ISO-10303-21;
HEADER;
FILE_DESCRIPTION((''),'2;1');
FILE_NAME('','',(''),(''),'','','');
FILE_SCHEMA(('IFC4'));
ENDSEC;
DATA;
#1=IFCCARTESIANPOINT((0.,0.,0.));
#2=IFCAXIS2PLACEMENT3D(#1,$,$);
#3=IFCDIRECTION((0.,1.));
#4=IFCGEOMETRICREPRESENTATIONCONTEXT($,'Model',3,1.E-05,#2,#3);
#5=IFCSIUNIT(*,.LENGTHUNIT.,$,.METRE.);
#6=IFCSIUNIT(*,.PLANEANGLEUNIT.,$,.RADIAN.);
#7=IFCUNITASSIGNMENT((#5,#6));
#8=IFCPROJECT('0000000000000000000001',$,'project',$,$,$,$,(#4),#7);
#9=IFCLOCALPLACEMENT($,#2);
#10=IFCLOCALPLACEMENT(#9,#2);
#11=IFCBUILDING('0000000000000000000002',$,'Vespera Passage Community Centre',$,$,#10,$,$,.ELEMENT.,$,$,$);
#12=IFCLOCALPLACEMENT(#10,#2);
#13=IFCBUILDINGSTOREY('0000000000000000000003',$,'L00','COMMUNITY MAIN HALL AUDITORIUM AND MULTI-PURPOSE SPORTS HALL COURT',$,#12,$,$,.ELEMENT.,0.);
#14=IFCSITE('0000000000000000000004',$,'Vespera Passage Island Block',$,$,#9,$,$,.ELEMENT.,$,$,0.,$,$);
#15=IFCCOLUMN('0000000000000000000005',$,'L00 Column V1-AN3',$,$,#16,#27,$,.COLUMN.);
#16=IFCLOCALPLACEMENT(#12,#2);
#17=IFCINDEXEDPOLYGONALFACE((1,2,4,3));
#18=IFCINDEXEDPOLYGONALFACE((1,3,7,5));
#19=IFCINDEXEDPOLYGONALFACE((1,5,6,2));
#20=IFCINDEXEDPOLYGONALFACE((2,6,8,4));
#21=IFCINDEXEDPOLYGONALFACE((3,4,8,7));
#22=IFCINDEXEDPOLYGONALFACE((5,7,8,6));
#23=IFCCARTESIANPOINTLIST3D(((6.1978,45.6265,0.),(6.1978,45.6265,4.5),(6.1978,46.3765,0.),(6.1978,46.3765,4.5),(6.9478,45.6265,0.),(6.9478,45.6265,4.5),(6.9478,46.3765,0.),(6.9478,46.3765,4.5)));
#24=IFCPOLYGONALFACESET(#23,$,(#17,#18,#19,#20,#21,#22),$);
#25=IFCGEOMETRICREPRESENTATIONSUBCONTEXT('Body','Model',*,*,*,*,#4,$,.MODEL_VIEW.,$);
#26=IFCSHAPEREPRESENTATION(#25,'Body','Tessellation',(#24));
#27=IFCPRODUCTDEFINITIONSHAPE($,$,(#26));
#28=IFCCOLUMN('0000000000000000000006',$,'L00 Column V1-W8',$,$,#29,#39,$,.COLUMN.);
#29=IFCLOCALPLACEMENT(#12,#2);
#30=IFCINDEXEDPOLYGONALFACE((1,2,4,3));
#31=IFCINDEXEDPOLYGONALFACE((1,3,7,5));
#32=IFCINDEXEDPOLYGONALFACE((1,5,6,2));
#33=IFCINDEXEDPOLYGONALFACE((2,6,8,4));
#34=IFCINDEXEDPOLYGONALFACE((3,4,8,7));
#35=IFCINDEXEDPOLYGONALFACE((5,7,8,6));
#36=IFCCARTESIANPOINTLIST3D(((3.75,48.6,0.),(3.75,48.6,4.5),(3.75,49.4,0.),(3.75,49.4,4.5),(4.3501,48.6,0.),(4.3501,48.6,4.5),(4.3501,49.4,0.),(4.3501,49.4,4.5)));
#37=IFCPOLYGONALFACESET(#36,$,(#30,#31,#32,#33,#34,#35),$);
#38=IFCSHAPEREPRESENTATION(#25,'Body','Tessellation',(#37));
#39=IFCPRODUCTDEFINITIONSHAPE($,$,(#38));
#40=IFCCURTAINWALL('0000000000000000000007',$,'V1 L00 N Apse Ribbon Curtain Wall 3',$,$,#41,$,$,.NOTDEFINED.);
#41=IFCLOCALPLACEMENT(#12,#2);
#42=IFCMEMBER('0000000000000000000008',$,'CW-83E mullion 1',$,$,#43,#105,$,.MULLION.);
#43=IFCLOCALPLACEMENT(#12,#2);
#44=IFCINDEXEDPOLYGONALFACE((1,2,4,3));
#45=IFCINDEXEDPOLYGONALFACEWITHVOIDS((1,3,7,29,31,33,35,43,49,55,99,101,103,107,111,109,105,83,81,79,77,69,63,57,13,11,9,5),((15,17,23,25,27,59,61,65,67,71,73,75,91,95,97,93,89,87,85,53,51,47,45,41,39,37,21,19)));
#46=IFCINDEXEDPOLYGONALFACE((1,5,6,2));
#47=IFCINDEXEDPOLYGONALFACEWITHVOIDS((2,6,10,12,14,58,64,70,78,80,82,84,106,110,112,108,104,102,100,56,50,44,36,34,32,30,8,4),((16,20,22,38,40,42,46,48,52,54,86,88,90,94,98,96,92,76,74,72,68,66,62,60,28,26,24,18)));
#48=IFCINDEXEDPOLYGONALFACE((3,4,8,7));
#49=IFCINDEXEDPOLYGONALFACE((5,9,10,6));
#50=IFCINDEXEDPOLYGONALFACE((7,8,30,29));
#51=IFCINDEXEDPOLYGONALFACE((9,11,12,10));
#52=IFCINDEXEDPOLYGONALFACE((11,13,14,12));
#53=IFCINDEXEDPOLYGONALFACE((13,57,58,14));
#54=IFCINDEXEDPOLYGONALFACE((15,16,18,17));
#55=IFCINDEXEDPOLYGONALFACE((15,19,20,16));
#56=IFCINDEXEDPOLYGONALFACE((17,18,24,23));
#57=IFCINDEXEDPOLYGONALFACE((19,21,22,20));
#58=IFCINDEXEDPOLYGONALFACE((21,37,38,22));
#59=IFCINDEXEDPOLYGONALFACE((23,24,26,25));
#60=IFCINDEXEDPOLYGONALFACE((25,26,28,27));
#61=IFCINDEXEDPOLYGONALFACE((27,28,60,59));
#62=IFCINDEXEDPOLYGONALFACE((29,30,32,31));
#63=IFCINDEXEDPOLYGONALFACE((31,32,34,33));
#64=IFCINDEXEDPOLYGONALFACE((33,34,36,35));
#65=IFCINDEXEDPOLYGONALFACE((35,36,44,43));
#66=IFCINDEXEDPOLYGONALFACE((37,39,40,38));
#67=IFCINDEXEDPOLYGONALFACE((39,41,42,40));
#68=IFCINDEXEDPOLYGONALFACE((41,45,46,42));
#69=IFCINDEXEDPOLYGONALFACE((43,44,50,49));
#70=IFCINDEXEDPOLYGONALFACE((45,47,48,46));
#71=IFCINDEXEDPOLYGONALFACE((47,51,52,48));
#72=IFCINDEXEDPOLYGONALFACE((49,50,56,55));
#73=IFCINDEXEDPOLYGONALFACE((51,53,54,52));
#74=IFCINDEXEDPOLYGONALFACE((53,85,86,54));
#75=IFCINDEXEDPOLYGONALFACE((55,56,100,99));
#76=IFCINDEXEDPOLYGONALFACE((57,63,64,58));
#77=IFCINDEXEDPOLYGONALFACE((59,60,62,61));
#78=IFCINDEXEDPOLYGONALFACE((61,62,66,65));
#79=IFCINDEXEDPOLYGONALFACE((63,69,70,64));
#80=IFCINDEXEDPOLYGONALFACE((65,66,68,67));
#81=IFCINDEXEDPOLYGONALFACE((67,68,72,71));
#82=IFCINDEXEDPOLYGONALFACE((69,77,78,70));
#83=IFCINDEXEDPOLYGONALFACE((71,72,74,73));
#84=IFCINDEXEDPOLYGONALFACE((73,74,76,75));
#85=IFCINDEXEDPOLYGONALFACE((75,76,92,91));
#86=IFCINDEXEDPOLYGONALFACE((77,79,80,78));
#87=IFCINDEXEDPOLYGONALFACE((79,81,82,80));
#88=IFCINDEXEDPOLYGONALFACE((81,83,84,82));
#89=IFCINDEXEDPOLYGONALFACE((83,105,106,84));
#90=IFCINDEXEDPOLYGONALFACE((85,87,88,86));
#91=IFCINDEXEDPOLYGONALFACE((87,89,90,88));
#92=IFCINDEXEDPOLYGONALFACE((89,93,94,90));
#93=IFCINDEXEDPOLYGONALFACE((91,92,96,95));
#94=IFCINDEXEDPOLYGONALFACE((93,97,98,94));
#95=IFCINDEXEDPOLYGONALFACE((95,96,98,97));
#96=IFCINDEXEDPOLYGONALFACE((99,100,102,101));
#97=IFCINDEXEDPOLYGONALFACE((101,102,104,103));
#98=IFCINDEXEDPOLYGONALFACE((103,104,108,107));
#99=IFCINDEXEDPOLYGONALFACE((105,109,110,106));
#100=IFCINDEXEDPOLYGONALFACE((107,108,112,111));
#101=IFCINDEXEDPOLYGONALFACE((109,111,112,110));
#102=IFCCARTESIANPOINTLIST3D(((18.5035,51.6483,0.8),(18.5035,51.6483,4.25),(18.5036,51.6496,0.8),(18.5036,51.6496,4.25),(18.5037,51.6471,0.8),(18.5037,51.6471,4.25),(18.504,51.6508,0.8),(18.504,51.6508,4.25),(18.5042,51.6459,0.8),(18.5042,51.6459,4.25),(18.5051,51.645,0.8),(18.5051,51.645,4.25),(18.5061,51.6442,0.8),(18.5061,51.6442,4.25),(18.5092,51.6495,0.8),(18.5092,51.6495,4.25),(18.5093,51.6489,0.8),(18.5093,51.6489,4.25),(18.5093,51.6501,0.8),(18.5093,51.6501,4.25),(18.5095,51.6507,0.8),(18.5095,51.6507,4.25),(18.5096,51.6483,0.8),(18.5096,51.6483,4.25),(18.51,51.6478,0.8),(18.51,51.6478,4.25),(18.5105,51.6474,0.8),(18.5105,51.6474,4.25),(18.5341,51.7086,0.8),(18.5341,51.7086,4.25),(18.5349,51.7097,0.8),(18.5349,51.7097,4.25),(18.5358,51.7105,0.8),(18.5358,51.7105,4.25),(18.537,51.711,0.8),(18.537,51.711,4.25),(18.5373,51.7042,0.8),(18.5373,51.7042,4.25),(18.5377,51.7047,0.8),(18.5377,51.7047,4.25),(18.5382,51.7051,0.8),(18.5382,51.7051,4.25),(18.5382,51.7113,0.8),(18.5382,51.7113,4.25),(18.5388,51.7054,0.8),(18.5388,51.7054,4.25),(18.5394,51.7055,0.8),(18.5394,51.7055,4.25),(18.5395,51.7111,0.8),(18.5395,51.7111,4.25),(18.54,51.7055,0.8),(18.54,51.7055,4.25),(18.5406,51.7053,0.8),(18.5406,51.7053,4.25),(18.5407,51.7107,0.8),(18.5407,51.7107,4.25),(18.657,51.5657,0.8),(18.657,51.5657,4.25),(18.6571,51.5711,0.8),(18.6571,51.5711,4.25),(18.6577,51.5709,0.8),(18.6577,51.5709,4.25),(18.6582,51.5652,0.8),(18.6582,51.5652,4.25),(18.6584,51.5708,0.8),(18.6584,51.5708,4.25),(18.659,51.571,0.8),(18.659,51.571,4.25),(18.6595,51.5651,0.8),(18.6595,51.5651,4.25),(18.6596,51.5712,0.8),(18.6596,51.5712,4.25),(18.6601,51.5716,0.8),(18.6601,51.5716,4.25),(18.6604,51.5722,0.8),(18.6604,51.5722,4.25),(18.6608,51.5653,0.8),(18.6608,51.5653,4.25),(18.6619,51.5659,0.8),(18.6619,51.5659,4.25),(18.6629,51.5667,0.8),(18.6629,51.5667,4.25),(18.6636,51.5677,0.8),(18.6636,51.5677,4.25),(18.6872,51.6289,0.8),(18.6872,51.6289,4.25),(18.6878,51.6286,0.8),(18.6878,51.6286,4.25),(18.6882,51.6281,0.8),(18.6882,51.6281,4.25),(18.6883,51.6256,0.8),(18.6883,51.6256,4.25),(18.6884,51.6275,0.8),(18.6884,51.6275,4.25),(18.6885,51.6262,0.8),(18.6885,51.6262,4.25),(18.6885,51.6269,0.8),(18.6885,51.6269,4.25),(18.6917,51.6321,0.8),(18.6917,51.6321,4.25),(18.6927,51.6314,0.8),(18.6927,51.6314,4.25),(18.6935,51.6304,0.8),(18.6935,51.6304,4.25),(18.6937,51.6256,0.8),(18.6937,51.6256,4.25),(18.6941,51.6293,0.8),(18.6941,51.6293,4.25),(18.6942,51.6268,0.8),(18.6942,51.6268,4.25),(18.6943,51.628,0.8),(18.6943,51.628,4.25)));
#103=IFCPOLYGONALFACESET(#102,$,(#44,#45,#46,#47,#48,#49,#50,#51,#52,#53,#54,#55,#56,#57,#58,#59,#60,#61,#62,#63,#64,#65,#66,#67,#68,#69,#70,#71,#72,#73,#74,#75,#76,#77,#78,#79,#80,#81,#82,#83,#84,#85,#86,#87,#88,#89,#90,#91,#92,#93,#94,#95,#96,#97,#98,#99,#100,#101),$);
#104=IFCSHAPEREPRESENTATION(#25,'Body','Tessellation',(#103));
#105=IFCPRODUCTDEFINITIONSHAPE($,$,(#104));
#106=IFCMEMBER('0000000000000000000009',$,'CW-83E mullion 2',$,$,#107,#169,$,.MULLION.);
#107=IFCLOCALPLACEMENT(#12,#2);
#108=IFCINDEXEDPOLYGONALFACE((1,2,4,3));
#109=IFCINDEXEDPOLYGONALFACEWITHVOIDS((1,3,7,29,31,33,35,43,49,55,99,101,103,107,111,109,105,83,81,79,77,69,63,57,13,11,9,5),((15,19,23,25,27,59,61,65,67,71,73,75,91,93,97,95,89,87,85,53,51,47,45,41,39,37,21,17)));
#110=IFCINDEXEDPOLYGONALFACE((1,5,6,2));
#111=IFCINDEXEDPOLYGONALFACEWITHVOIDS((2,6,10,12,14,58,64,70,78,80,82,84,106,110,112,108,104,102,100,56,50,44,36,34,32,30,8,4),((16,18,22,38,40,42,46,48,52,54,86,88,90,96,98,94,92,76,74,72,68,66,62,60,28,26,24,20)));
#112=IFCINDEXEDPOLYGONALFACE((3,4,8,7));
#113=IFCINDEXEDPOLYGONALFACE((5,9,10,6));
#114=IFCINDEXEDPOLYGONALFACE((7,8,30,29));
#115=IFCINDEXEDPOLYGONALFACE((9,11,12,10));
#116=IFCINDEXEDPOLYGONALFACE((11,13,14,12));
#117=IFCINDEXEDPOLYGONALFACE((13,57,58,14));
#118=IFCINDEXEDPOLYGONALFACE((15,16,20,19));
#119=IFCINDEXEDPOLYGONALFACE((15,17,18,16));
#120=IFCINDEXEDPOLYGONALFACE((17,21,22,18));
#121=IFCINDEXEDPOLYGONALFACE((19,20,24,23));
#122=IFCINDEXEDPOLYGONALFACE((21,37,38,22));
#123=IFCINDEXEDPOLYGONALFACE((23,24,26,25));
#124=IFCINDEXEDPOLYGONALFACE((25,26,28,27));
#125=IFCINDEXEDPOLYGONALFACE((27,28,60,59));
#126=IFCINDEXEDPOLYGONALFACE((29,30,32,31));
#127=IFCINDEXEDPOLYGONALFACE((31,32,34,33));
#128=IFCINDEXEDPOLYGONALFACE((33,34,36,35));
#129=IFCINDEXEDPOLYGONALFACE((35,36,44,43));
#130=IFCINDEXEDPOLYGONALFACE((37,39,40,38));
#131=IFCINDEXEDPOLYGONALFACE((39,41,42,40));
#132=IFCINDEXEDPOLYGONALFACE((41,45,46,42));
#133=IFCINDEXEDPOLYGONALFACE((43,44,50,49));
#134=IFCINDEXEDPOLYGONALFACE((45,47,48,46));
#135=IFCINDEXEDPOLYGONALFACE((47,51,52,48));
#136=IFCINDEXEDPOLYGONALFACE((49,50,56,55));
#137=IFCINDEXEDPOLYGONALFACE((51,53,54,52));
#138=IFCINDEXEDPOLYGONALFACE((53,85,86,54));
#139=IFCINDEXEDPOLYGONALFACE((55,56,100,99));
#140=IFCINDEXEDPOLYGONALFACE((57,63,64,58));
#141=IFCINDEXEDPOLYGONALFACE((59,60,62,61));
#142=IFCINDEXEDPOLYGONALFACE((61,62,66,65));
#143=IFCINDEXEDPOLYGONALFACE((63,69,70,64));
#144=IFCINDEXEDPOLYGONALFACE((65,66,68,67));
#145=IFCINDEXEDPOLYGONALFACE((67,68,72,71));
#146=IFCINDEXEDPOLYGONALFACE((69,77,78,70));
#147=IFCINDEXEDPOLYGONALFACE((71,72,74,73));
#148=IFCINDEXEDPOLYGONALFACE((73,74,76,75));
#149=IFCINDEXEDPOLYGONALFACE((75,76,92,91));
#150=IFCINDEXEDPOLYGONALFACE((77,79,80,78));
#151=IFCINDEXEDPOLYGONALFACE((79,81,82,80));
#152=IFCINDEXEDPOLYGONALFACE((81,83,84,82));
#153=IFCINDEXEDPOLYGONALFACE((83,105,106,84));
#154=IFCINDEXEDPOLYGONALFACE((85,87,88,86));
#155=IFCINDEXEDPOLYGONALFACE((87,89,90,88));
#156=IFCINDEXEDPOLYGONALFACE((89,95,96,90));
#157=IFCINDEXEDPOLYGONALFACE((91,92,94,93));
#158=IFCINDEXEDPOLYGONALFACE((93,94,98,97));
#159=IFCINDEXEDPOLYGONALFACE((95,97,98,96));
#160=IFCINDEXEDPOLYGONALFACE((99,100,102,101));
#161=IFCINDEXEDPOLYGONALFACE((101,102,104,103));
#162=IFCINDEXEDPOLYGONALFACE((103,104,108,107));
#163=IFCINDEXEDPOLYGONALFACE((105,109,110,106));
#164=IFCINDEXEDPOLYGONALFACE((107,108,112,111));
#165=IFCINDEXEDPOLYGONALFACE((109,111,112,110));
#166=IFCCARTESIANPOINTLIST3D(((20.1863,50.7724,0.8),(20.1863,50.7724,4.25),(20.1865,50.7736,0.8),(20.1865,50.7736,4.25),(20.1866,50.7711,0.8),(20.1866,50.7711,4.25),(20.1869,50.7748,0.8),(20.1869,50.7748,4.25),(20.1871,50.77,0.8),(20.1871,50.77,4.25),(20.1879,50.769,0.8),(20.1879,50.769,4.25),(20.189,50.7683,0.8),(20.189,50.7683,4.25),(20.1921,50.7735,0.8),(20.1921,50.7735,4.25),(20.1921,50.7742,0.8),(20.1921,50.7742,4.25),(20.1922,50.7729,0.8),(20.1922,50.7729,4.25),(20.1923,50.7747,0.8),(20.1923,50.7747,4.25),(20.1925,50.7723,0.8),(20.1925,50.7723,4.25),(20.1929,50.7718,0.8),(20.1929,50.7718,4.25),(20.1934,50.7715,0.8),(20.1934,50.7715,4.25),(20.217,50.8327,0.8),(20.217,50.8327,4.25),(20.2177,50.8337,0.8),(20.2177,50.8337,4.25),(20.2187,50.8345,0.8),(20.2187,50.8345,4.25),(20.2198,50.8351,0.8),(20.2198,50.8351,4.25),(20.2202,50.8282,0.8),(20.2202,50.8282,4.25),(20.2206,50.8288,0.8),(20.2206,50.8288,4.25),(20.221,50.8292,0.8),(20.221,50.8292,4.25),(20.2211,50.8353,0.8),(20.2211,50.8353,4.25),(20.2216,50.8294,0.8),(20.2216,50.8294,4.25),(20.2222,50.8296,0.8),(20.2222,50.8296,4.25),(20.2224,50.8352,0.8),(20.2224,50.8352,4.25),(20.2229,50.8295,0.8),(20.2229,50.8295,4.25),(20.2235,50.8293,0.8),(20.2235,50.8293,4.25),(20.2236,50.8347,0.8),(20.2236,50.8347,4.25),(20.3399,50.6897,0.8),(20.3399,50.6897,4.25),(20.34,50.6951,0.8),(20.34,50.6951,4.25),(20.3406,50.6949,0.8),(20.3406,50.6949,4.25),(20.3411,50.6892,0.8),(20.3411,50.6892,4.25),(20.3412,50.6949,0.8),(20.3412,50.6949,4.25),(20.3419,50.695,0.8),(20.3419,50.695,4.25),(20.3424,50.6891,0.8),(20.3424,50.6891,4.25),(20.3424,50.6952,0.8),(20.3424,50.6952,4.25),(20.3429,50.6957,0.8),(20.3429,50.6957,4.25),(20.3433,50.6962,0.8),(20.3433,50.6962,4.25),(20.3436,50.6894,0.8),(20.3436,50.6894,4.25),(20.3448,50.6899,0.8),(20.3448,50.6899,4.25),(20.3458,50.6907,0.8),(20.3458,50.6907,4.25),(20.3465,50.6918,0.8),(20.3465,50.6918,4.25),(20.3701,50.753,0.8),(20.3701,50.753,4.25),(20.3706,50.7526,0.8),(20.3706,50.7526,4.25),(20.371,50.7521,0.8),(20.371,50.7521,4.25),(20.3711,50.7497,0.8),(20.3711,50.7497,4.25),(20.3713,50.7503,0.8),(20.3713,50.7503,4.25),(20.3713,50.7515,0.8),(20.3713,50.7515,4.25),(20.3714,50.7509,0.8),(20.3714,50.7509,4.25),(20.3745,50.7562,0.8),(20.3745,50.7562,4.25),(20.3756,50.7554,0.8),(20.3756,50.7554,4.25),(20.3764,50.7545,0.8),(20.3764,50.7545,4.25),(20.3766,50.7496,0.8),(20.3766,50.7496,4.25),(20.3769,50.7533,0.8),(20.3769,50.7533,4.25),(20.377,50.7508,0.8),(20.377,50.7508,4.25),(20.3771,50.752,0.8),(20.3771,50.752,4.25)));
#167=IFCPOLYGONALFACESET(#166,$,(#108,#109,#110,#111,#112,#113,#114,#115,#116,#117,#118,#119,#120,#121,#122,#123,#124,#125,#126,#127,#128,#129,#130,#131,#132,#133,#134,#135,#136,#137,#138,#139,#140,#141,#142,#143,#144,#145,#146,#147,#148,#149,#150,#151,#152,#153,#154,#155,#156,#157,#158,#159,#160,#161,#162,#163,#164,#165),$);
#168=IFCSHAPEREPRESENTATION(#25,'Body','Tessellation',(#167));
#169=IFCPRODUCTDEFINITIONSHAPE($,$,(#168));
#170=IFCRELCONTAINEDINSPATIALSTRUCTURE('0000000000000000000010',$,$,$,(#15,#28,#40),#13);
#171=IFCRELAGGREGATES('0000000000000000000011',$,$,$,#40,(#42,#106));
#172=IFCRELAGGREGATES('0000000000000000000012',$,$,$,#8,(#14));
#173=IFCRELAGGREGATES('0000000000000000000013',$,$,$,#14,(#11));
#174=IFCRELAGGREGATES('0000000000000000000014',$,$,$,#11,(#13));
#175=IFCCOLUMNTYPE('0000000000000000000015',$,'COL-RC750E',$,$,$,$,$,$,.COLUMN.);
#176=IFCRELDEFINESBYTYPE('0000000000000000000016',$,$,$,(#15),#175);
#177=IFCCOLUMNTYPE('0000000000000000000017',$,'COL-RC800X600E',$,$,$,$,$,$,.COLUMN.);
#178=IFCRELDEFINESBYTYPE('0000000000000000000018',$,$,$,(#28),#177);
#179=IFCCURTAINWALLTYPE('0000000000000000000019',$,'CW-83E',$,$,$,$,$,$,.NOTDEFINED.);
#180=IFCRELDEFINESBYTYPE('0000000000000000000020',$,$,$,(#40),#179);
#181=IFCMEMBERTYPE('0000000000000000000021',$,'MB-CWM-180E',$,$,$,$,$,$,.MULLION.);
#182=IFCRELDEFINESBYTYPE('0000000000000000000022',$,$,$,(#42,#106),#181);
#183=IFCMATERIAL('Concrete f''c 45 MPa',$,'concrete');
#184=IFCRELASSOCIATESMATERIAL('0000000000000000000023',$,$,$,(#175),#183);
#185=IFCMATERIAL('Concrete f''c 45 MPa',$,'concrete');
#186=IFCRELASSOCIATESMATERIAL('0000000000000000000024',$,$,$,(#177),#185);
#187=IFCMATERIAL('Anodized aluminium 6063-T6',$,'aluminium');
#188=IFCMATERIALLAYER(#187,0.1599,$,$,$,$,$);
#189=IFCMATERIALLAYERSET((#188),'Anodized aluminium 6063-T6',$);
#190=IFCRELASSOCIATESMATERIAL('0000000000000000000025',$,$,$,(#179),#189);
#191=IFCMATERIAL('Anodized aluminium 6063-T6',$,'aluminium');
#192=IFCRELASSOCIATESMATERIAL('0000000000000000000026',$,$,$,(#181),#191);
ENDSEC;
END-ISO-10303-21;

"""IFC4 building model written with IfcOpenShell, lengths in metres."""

from ifc_helpers import new_model, si_unit, direction, frame, origin, origin_2d, place, context, subcontext, project, spatial, rectangle, hollow_rectangle, extrude, material, layer, layer_set, material_profile, profile_set, type_object, element, aggregate, save


model = new_model("IFC4")

# Units and contexts
model_context = context("Model", 3, precision=1e-05, world=origin(), true_north=direction((0.0, 1.0)))
body_context = subcontext(model_context, "Body", "Model", "MODEL_VIEW")
ifc_project = project(units=[si_unit("LENGTHUNIT", "METRE"), si_unit("PLANEANGLEUNIT", "RADIAN")], contexts=[model_context])

# Site, building, storey
site_placement = place(None, origin())
site = spatial("IfcSite", under=ifc_project, at=site_placement, Name="Vespera Passage Island Block", CompositionType="ELEMENT", RefElevation=0.0)
building_placement = place(site_placement, origin())
building = spatial("IfcBuilding", under=site, at=building_placement, Name="Vespera Passage Community Centre", CompositionType="ELEMENT")
storey_placement = place(building_placement, origin())
storey = spatial("IfcBuildingStorey", under=building, at=storey_placement, Name="L00", Description="COMMUNITY MAIN HALL AUDITORIUM AND MULTI-PURPOSE SPORTS HALL COURT", CompositionType="ELEMENT", Elevation=0.0)

# Columns
ifc_material_1 = material(Name="Concrete f'c 45 MPa", Category="concrete")
ifc_material_profile_1 = material_profile(ifc_material_1, rectangle(XDim=0.75, YDim=0.75, at=origin_2d()), Name="RC750X750")
ifc_profile_set_1 = profile_set([ifc_material_profile_1], Name="Concrete f'c 45 MPa")
column_type_1 = type_object("IfcColumnType", Name="COL-RC750E", PredefinedType="COLUMN", material=ifc_profile_set_1)
column_1_placement = place(storey_placement, frame((6.5728, 46.0015, 0.0), z_axis=(0.0, 0.0, 1.0), x_axis=(1.0, 0.0, 0.0)))
element("IfcColumn", 1, at=column_1_placement, inside=storey, type_object=column_type_1, Name="L00 Column V1-AN3", PredefinedType="COLUMN", context=body_context, shape_type="SweptSolid", body=[
    extrude(rectangle(XDim=0.75, YDim=0.75, at=origin_2d()), origin(), (0.0, 0.0, 1.0), 4.5),
])
ifc_material_2 = material(Name="Concrete f'c 45 MPa", Category="concrete")
ifc_material_profile_2 = material_profile(ifc_material_2, rectangle(XDim=0.6001, YDim=0.8, at=origin_2d()), Name="RC800X600")
ifc_profile_set_2 = profile_set([ifc_material_profile_2], Name="Concrete f'c 45 MPa")
column_type_2 = type_object("IfcColumnType", Name="COL-RC800X600E", PredefinedType="COLUMN", material=ifc_profile_set_2)
column_2_placement = place(storey_placement, frame((4.05, 49.0, 0.0), z_axis=(0.0, 0.0, 1.0), x_axis=(1.0, 0.0, 0.0)))
element("IfcColumn", 2, at=column_2_placement, inside=storey, type_object=column_type_2, Name="L00 Column V1-W8", PredefinedType="COLUMN", context=body_context, shape_type="SweptSolid", body=[
    extrude(rectangle(XDim=0.6001, YDim=0.8, at=origin_2d()), origin(), (0.0, 0.0, 1.0), 4.5),
])

# Curtain wall, members
ifc_material_3 = material(Name="Anodized aluminium 6063-T6", Category="aluminium")
ifc_layer_1 = layer(ifc_material_3, 0.1599)
ifc_layer_set_1 = layer_set([ifc_layer_1], Name="Anodized aluminium 6063-T6")
curtain_wall_type = type_object("IfcCurtainWallType", Name="CW-83E", PredefinedType="NOTDEFINED", material=ifc_layer_set_1)
curtain_wall_placement = place(storey_placement, origin())
curtain_wall = element("IfcCurtainWall", 3, at=curtain_wall_placement, inside=storey, type_object=curtain_wall_type, Name="V1 L00 N Apse Ribbon Curtain Wall 3", PredefinedType="NOTDEFINED")
ifc_material_4 = material(Name="Anodized aluminium 6063-T6", Category="aluminium")
ifc_material_profile_3 = material_profile(ifc_material_4, hollow_rectangle(XDim=0.075, YDim=0.1799, WallThickness=0.0049, InnerFilletRadius=0.0024, OuterFilletRadius=0.0049, at=origin_2d()), Name="ALU180X75X5")
ifc_profile_set_3 = profile_set([ifc_material_profile_3], Name="Anodized aluminium 6063-T6")
member_type_1 = type_object("IfcMemberType", Name="MB-CWM-180E", PredefinedType="MULLION", material=ifc_profile_set_3)
member_1_placement = place(storey_placement, frame((18.5989, 51.6382, 0.8), z_axis=(0.0, 0.0, 1.0), x_axis=(0.461745, 0.887013, 0.0)))
member_1 = element("IfcMember", 4, at=member_1_placement, type_object=member_type_1, Name="CW-83E mullion 1", PredefinedType="MULLION", context=body_context, shape_type="SweptSolid", body=[
    extrude(hollow_rectangle(XDim=0.075, YDim=0.1799, WallThickness=0.0049, InnerFilletRadius=0.0024, OuterFilletRadius=0.0049, at=origin_2d()), origin(), (0.0, 0.0, 1.0), 3.45),
])
member_2_placement = place(storey_placement, frame((20.2817, 50.7622, 0.8), z_axis=(0.0, 0.0, 1.0), x_axis=(0.461745, 0.887013, 0.0)))
member_2 = element("IfcMember", 5, at=member_2_placement, type_object=member_type_1, Name="CW-83E mullion 2", PredefinedType="MULLION", context=body_context, shape_type="SweptSolid", body=[
    extrude(hollow_rectangle(XDim=0.075, YDim=0.1799, WallThickness=0.0049, InnerFilletRadius=0.0024, OuterFilletRadius=0.0049, at=origin_2d()), origin(), (0.0, 0.0, 1.0), 3.45),
])
aggregate(curtain_wall, [member_1, member_2])

save(model, "model.ifc")
